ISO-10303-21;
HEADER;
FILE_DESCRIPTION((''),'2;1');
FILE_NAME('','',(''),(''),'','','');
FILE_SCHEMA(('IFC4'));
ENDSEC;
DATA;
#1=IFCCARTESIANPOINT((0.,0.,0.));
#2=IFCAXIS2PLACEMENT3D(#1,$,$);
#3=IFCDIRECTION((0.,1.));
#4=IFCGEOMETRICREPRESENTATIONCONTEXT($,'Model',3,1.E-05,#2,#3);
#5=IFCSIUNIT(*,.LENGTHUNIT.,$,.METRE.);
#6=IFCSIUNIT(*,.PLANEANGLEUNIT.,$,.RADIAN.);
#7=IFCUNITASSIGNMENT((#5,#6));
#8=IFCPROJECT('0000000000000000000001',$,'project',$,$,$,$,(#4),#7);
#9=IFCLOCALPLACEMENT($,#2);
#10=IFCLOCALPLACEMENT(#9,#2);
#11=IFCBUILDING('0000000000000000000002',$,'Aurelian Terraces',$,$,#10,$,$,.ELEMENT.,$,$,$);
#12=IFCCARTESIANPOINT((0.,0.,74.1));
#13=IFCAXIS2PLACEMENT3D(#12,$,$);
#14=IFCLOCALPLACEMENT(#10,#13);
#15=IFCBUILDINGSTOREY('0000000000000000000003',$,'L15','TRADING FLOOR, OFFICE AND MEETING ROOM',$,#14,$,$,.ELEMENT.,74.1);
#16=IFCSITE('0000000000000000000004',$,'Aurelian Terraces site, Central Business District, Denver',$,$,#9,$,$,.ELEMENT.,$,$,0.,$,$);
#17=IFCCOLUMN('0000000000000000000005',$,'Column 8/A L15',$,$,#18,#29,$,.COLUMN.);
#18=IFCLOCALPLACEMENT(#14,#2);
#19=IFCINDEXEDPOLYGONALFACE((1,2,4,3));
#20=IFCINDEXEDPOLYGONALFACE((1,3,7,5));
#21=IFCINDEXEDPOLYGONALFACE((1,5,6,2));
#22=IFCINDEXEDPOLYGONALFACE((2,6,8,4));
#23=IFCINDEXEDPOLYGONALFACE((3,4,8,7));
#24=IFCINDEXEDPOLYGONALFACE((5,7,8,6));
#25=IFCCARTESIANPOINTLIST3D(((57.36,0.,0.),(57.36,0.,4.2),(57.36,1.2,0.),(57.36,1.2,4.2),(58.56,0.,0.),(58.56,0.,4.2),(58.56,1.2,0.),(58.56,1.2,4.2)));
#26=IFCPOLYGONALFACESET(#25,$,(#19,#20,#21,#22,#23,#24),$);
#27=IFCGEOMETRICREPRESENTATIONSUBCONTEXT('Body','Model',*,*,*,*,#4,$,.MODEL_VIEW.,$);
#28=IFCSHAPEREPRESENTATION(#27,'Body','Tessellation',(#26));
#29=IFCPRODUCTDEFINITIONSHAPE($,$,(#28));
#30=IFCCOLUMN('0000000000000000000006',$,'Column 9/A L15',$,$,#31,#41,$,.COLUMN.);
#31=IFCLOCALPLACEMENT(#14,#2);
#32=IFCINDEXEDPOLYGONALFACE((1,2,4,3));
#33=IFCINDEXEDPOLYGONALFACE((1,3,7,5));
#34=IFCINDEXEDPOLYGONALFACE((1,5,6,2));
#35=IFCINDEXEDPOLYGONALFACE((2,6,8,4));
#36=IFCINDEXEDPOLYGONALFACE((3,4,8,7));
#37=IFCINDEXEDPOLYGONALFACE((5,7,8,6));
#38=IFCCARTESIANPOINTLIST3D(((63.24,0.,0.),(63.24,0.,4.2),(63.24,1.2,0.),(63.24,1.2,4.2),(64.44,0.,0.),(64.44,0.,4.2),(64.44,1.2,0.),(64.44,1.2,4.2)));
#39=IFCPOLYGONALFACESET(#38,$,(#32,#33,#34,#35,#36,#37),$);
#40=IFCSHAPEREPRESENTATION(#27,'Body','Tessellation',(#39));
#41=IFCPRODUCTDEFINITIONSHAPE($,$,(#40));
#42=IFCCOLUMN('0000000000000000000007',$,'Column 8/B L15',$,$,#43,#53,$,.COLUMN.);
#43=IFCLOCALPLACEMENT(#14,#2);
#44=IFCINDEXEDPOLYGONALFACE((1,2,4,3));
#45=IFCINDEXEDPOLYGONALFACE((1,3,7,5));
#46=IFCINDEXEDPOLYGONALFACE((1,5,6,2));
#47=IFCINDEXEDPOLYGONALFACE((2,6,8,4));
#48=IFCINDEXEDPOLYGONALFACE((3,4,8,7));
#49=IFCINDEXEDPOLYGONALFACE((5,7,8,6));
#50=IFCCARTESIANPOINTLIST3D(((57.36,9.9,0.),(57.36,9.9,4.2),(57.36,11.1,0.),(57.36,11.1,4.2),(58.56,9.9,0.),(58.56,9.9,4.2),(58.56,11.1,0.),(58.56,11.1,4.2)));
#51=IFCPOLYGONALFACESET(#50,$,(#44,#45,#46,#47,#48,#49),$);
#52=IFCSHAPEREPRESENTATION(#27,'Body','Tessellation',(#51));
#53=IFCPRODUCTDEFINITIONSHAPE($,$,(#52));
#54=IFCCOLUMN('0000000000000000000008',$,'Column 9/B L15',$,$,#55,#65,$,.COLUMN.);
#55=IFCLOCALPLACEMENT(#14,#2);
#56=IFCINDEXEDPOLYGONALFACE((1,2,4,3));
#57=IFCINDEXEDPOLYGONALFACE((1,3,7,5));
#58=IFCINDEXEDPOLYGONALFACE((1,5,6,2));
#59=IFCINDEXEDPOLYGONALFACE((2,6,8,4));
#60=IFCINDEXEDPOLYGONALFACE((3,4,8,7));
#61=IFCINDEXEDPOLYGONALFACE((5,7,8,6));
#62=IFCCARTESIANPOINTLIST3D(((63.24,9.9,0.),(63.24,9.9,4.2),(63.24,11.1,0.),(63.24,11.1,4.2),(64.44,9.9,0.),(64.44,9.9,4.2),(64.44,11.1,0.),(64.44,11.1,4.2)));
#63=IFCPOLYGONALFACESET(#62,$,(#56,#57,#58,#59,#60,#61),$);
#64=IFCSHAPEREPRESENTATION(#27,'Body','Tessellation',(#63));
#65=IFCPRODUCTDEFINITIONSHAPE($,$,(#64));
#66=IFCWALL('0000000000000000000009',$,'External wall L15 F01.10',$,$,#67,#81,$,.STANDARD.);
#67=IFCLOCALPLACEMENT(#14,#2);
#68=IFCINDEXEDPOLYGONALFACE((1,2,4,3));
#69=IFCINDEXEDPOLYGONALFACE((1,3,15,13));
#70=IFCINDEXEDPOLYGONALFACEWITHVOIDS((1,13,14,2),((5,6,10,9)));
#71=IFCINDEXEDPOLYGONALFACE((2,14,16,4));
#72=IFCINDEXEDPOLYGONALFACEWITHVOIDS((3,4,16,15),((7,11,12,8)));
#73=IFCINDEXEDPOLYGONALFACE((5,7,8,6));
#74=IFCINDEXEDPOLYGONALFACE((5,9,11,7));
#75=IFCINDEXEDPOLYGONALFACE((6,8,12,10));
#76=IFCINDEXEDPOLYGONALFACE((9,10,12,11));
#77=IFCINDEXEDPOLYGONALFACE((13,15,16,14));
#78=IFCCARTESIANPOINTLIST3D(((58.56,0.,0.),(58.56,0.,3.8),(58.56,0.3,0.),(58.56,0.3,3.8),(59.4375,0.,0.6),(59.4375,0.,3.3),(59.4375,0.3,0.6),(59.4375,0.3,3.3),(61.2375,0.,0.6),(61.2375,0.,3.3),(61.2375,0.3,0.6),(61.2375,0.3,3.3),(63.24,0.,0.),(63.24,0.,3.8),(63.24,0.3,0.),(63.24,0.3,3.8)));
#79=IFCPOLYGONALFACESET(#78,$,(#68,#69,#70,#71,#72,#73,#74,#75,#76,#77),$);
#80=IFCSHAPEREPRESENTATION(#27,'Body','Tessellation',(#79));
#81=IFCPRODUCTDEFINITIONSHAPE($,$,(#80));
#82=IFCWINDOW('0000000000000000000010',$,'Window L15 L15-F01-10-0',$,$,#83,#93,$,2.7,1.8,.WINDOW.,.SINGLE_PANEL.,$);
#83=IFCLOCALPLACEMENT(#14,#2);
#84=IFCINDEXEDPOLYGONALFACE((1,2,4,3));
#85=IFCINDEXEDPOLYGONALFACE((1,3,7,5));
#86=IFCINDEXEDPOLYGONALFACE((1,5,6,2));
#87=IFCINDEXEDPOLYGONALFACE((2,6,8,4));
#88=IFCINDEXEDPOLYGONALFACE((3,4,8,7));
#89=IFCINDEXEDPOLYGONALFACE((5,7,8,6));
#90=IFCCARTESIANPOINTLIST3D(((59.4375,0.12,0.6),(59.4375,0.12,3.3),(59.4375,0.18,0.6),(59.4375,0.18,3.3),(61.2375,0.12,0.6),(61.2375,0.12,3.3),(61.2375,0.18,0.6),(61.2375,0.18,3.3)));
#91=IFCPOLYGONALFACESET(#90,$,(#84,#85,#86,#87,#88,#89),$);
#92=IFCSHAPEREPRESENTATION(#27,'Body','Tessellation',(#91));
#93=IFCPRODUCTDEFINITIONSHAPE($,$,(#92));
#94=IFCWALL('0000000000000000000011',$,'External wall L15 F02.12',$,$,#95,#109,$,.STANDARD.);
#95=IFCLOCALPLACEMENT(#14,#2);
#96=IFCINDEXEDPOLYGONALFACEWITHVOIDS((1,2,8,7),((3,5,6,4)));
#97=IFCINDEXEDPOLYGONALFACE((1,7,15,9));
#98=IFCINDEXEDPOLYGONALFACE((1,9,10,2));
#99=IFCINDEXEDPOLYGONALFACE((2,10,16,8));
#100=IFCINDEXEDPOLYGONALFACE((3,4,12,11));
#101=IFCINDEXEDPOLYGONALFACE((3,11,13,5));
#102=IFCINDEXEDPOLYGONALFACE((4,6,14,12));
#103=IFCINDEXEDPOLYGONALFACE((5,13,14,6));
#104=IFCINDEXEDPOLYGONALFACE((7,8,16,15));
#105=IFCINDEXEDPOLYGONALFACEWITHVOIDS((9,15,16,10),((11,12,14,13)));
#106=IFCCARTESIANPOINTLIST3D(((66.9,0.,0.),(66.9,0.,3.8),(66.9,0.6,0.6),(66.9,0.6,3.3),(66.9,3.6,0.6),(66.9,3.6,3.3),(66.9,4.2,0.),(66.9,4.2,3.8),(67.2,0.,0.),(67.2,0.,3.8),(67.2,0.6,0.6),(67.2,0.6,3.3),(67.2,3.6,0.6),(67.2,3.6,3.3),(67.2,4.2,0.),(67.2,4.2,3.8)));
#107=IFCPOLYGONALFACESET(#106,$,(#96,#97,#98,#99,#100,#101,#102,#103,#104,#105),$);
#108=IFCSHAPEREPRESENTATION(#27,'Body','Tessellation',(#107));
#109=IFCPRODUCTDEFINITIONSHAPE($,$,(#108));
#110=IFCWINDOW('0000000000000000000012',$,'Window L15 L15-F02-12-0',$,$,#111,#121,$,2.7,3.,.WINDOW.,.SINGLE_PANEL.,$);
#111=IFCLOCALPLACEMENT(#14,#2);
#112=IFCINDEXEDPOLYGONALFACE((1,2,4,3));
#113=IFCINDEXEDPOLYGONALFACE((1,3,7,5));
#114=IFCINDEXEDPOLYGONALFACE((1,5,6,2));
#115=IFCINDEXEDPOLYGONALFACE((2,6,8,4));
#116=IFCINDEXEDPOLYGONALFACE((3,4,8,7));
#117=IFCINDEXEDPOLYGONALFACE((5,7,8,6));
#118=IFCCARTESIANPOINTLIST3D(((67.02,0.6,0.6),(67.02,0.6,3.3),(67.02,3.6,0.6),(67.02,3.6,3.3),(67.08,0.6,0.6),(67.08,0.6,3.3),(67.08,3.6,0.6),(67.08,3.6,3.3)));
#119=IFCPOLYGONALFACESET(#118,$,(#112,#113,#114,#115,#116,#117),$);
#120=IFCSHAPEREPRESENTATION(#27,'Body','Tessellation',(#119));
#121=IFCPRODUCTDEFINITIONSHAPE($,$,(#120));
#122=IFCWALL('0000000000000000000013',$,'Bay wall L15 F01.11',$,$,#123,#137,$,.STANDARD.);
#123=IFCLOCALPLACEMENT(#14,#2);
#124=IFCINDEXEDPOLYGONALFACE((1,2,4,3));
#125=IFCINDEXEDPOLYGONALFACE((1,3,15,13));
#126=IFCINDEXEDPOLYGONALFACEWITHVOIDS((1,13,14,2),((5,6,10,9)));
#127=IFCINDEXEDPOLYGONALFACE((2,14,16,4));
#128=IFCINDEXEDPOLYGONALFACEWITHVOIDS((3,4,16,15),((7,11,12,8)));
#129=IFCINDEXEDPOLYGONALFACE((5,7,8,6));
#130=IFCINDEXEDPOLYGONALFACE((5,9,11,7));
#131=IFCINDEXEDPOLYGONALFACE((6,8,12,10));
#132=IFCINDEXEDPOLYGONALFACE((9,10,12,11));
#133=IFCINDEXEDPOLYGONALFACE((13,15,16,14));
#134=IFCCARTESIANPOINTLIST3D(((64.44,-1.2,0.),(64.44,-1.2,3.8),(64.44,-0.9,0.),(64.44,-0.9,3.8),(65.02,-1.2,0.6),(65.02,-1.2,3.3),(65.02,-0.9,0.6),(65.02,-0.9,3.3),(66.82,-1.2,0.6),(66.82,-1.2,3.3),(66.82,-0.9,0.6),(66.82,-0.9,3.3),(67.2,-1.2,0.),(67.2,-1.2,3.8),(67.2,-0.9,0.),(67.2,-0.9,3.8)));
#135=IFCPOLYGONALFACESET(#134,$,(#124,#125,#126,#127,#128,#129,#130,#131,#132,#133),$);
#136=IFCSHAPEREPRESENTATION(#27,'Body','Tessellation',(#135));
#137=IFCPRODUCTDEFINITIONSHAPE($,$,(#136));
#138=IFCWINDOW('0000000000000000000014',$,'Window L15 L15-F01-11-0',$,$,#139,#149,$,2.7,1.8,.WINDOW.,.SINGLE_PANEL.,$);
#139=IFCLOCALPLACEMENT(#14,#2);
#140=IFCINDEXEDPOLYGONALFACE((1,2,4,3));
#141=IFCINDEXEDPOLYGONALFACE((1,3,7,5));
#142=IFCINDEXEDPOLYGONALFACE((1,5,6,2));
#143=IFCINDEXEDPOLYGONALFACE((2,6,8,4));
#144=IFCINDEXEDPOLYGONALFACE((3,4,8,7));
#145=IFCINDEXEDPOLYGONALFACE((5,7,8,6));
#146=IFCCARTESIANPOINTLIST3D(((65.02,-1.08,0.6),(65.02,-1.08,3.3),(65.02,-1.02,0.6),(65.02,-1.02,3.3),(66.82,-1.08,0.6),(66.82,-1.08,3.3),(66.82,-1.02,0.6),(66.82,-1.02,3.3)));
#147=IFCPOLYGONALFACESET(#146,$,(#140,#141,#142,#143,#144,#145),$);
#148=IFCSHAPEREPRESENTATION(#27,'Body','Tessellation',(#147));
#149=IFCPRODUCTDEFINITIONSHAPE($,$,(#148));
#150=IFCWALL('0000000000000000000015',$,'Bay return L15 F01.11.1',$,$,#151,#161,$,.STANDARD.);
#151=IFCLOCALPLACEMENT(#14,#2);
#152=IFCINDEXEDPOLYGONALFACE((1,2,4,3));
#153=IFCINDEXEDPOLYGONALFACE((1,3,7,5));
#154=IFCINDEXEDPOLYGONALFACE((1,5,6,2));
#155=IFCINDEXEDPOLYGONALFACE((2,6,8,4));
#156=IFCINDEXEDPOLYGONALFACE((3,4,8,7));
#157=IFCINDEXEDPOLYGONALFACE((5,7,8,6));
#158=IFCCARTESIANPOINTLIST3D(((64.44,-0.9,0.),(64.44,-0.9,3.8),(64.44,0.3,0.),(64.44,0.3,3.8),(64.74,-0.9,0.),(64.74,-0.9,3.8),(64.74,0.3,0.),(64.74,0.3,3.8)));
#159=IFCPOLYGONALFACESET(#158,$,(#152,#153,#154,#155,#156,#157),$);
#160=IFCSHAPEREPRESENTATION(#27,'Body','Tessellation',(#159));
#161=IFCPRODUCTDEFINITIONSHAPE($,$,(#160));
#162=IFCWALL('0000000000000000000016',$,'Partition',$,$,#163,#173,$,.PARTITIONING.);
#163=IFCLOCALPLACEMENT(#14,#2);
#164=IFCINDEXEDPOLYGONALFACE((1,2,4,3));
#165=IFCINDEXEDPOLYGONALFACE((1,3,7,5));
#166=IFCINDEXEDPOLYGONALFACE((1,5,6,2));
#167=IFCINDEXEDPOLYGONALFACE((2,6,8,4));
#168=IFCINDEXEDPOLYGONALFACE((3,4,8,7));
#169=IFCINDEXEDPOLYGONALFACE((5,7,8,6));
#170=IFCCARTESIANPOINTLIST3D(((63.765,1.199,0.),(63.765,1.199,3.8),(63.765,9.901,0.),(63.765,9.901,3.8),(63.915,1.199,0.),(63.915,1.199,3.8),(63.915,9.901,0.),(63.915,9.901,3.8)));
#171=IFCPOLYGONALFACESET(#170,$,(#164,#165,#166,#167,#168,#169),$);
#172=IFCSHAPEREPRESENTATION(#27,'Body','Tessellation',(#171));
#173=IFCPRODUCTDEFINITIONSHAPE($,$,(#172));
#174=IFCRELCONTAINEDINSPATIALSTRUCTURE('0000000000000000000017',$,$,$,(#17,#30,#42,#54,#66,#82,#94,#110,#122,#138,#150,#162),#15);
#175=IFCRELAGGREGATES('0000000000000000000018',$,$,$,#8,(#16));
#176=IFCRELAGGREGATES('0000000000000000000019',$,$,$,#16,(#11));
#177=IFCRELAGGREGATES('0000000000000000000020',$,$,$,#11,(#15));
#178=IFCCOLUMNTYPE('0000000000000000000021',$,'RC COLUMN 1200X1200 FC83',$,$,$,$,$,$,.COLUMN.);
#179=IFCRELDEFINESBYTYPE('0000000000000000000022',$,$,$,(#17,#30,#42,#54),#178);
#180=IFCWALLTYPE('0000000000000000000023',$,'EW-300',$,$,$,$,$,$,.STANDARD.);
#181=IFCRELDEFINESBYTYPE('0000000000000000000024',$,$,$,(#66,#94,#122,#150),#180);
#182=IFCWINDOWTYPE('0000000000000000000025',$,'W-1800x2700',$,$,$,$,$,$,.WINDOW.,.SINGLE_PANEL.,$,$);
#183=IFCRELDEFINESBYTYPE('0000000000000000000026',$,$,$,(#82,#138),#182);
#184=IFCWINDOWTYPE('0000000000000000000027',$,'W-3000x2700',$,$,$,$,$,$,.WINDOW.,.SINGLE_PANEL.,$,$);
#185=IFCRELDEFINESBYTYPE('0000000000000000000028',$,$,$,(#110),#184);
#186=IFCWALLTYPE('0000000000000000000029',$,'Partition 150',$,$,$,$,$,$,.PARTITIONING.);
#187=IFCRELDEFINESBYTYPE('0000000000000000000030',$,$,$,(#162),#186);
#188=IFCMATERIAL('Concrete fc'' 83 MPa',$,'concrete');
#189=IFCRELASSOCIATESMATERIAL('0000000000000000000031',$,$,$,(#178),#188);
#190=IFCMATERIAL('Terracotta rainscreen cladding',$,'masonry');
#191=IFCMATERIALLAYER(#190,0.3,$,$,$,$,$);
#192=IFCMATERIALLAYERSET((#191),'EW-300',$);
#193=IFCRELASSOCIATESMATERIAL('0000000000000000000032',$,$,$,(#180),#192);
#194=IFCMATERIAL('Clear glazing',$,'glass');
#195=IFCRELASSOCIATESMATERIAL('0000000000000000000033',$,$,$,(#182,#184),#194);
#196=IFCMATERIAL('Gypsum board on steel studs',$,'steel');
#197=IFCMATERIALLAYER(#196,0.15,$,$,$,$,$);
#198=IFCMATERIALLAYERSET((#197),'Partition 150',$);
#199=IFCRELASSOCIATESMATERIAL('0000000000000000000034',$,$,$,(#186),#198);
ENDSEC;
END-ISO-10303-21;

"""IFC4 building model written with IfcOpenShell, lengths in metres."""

from ifc_helpers import new_model, si_unit, direction, frame, frame_2d, origin, origin_2d, place, context, subcontext, project, spatial, rectangle, extrude, source, transform, mapped, material, layer, layer_set, material_profile, profile_set, type_object, element, fill, save


model = new_model("IFC4")

# Units and contexts
model_context = context("Model", 3, precision=1e-05, world=origin(), true_north=direction((0.0, 1.0)))
body_context = subcontext(model_context, "Body", "Model", "MODEL_VIEW")
ifc_project = project(units=[si_unit("LENGTHUNIT", "METRE"), si_unit("PLANEANGLEUNIT", "RADIAN")], contexts=[model_context])

# Site, building, storey
site_placement = place(None, origin())
site = spatial("IfcSite", under=ifc_project, at=site_placement, Name="Aurelian Terraces site, Central Business District, Denver", CompositionType="ELEMENT", RefElevation=0.0)
building_placement = place(site_placement, origin())
building = spatial("IfcBuilding", under=site, at=building_placement, Name="Aurelian Terraces", CompositionType="ELEMENT")
storey_placement = place(building_placement, frame((0.0, 0.0, 74.1)))
storey = spatial("IfcBuildingStorey", under=building, at=storey_placement, Name="L15", Description="TRADING FLOOR, OFFICE AND MEETING ROOM", CompositionType="ELEMENT", Elevation=74.1)

# Columns
ifc_material_1 = material(Name="Concrete fc' 83 MPa", Category="concrete")
ifc_material_profile = material_profile(ifc_material_1, rectangle(XDim=1.2, YDim=1.2, at=origin_2d()))
ifc_profile_set = profile_set([ifc_material_profile], Name="Concrete fc' 83 MPa")
column_type = type_object("IfcColumnType", Name="RC COLUMN 1200X1200 FC83", PredefinedType="COLUMN", material=ifc_profile_set)
shared_shape_1 = source(origin(), body_context, "Body", "SweptSolid", [
    extrude(rectangle(XDim=1.2, YDim=1.2, at=origin_2d()), origin(), (0.0, 0.0, 1.0), 4.2),
])
for number, where, z_axis, x_axis, name in (
    (1, (57.96, 0.6, 0.0), (0.0, 0.0, 1.0), (1.0, 0.0, 0.0), "Column 8/A L15"),
    (2, (63.84, 0.6, 0.0), (0.0, 0.0, 1.0), (1.0, 0.0, 0.0), "Column 9/A L15"),
    (3, (57.96, 10.5, 0.0), (0.0, 0.0, 1.0), (1.0, 0.0, 0.0), "Column 8/B L15"),
    (4, (63.84, 10.5, 0.0), (0.0, 0.0, 1.0), (1.0, 0.0, 0.0), "Column 9/B L15"),
):
    element("IfcColumn", number, at=place(storey_placement, frame(where, z_axis=z_axis, x_axis=x_axis)), inside=storey, type_object=column_type, Name=name, PredefinedType="COLUMN", context=body_context, shape_type="MappedRepresentation", body=[
        mapped(shared_shape_1, transform((0.0, 0.0, 0.0), scale=1.0)),
    ])

# Walls, openings, windows
ifc_material_2 = material(Name="Terracotta rainscreen cladding", Category="masonry")
ifc_layer_1 = layer(ifc_material_2, 0.3)
ifc_layer_set_1 = layer_set([ifc_layer_1], Name="EW-300")
wall_type_1 = type_object("IfcWallType", Name="EW-300", PredefinedType="STANDARD", material=ifc_layer_set_1)
shared_shape_2 = source(origin(), body_context, "Body", "SweptSolid", [
    extrude(rectangle(XDim=4.68, YDim=0.3, at=frame_2d((2.34, 0.0))), origin(), (0.0, 0.0, 1.0), 3.8),
])
wall_1_placement = place(storey_placement, frame((58.56, 0.15, 0.0), z_axis=(0.0, 0.0, 1.0), x_axis=(1.0, 0.0, 0.0)))
wall_1 = element("IfcWall", 5, at=wall_1_placement, inside=storey, type_object=wall_type_1, Name="External wall L15 F01.10", PredefinedType="STANDARD", context=body_context, shape_type="MappedRepresentation", body=[
    mapped(shared_shape_2, transform((0.0, 0.0, 0.0), scale=1.0)),
])
shared_shape_3 = source(origin(), body_context, "Body", "SweptSolid", [
    extrude(rectangle(XDim=1.8, YDim=2.7, at=frame_2d((0.9, 1.35))), frame((0.0, 0.16, 0.0), z_axis=(0.0, -1.0, 0.0), x_axis=(1.0, 0.0, 0.0)), (0.0, 0.0, 1.0), 0.32),
])
opening_1_placement = place(wall_1_placement, frame((0.8775, 0.0, 0.6)))
opening_1 = element("IfcOpeningElement", 6, at=opening_1_placement, cuts=wall_1, PredefinedType="OPENING", context=body_context, shape_type="MappedRepresentation", body=[
    mapped(shared_shape_3, transform((0.0, 0.0, 0.0), scale=1.0)),
])
ifc_material_3 = material(Name="Clear glazing", Category="glass")
window_type_1 = type_object("IfcWindowType", Name="W-1800x2700", PartitioningType="SINGLE_PANEL", PredefinedType="WINDOW", material=ifc_material_3)
shared_shape_4 = source(origin(), body_context, "Body", "SweptSolid", [
    extrude(rectangle(XDim=1.8, YDim=2.7, at=frame_2d((0.9, 1.35))), frame((0.0, 0.03, 0.0), z_axis=(0.0, -1.0, 0.0), x_axis=(1.0, 0.0, 0.0)), (0.0, 0.0, 1.0), 0.06),
])
window_1_placement = place(opening_1_placement, origin())
window_1 = element("IfcWindow", 7, at=window_1_placement, inside=storey, type_object=window_type_1, Name="Window L15 L15-F01-10-0", OverallHeight=2.7, OverallWidth=1.8, PartitioningType="SINGLE_PANEL", PredefinedType="WINDOW", context=body_context, shape_type="MappedRepresentation", body=[
    mapped(shared_shape_4, transform((0.0, 0.0, 0.0), scale=1.0)),
])
fill(opening_1, window_1)
shared_shape_5 = source(origin(), body_context, "Body", "SweptSolid", [
    extrude(rectangle(XDim=4.2, YDim=0.3, at=frame_2d((2.1, 0.0))), origin(), (0.0, 0.0, 1.0), 3.8),
])
wall_2_placement = place(storey_placement, frame((67.05, 0.0, 0.0), z_axis=(0.0, 0.0, 1.0), x_axis=(0.0, 1.0, 0.0)))
wall_2 = element("IfcWall", 8, at=wall_2_placement, inside=storey, type_object=wall_type_1, Name="External wall L15 F02.12", PredefinedType="STANDARD", context=body_context, shape_type="MappedRepresentation", body=[
    mapped(shared_shape_5, transform((0.0, 0.0, 0.0), scale=1.0)),
])
shared_shape_6 = source(origin(), body_context, "Body", "SweptSolid", [
    extrude(rectangle(XDim=3.0, YDim=2.7, at=frame_2d((1.5, 1.35))), frame((0.0, 0.16, 0.0), z_axis=(0.0, -1.0, 0.0), x_axis=(1.0, 0.0, 0.0)), (0.0, 0.0, 1.0), 0.32),
])
opening_2_placement = place(wall_2_placement, frame((0.6, 0.0, 0.6)))
opening_2 = element("IfcOpeningElement", 9, at=opening_2_placement, cuts=wall_2, PredefinedType="OPENING", context=body_context, shape_type="MappedRepresentation", body=[
    mapped(shared_shape_6, transform((0.0, 0.0, 0.0), scale=1.0)),
])
window_type_2 = type_object("IfcWindowType", Name="W-3000x2700", PartitioningType="SINGLE_PANEL", PredefinedType="WINDOW", material=ifc_material_3)
shared_shape_7 = source(origin(), body_context, "Body", "SweptSolid", [
    extrude(rectangle(XDim=3.0, YDim=2.7, at=frame_2d((1.5, 1.35))), frame((0.0, 0.03, 0.0), z_axis=(0.0, -1.0, 0.0), x_axis=(1.0, 0.0, 0.0)), (0.0, 0.0, 1.0), 0.06),
])
window_2_placement = place(opening_2_placement, origin())
window_2 = element("IfcWindow", 10, at=window_2_placement, inside=storey, type_object=window_type_2, Name="Window L15 L15-F02-12-0", OverallHeight=2.7, OverallWidth=3.0, PartitioningType="SINGLE_PANEL", PredefinedType="WINDOW", context=body_context, shape_type="MappedRepresentation", body=[
    mapped(shared_shape_7, transform((0.0, 0.0, 0.0), scale=1.0)),
])
fill(opening_2, window_2)
shared_shape_8 = source(origin(), body_context, "Body", "SweptSolid", [
    extrude(rectangle(XDim=2.76, YDim=0.3, at=frame_2d((1.38, 0.0))), origin(), (0.0, 0.0, 1.0), 3.8),
])
wall_3_placement = place(storey_placement, frame((64.44, -1.05, 0.0), z_axis=(0.0, 0.0, 1.0), x_axis=(1.0, 0.0, 0.0)))
wall_3 = element("IfcWall", 11, at=wall_3_placement, inside=storey, type_object=wall_type_1, Name="Bay wall L15 F01.11", PredefinedType="STANDARD", context=body_context, shape_type="MappedRepresentation", body=[
    mapped(shared_shape_8, transform((0.0, 0.0, 0.0), scale=1.0)),
])
opening_3_placement = place(wall_3_placement, frame((0.58, 0.0, 0.6)))
opening_3 = element("IfcOpeningElement", 12, at=opening_3_placement, cuts=wall_3, PredefinedType="OPENING", context=body_context, shape_type="MappedRepresentation", body=[
    mapped(shared_shape_3, transform((0.0, 0.0, 0.0), scale=1.0)),
])
window_3_placement = place(opening_3_placement, origin())
window_3 = element("IfcWindow", 13, at=window_3_placement, inside=storey, type_object=window_type_1, Name="Window L15 L15-F01-11-0", OverallHeight=2.7, OverallWidth=1.8, PartitioningType="SINGLE_PANEL", PredefinedType="WINDOW", context=body_context, shape_type="MappedRepresentation", body=[
    mapped(shared_shape_4, transform((0.0, 0.0, 0.0), scale=1.0)),
])
fill(opening_3, window_3)

# Walls
shared_shape_9 = source(origin(), body_context, "Body", "SweptSolid", [
    extrude(rectangle(XDim=1.2, YDim=0.3, at=frame_2d((0.6, 0.0))), origin(), (0.0, 0.0, 1.0), 3.8),
])
wall_4_placement = place(storey_placement, frame((64.59, 0.3, 0.0), z_axis=(0.0, 0.0, 1.0), x_axis=(0.0, -1.0, 0.0)))
element("IfcWall", 14, at=wall_4_placement, inside=storey, type_object=wall_type_1, Name="Bay return L15 F01.11.1", PredefinedType="STANDARD", context=body_context, shape_type="MappedRepresentation", body=[
    mapped(shared_shape_9, transform((0.0, 0.0, 0.0), scale=1.0)),
])
ifc_material_4 = material(Name="Gypsum board on steel studs", Category="steel")
ifc_layer_2 = layer(ifc_material_4, 0.15)
ifc_layer_set_2 = layer_set([ifc_layer_2], Name="Partition 150")
wall_type_2 = type_object("IfcWallType", Name="Partition 150", PredefinedType="PARTITIONING", material=ifc_layer_set_2)
shared_shape_10 = source(origin(), body_context, "Body", "SweptSolid", [
    extrude(rectangle(XDim=8.702, YDim=0.15, at=frame_2d((4.351, 0.0))), origin(), (0.0, 0.0, 1.0), 3.8),
])
wall_5_placement = place(storey_placement, frame((63.84, 1.199, 0.0), z_axis=(0.0, 0.0, 1.0), x_axis=(0.0, 1.0, 0.0)))
element("IfcWall", 15, at=wall_5_placement, inside=storey, type_object=wall_type_2, Name="Partition", PredefinedType="PARTITIONING", context=body_context, shape_type="MappedRepresentation", body=[
    mapped(shared_shape_10, transform((0.0, 0.0, 0.0), scale=1.0)),
])

save(model, "model.ifc")
